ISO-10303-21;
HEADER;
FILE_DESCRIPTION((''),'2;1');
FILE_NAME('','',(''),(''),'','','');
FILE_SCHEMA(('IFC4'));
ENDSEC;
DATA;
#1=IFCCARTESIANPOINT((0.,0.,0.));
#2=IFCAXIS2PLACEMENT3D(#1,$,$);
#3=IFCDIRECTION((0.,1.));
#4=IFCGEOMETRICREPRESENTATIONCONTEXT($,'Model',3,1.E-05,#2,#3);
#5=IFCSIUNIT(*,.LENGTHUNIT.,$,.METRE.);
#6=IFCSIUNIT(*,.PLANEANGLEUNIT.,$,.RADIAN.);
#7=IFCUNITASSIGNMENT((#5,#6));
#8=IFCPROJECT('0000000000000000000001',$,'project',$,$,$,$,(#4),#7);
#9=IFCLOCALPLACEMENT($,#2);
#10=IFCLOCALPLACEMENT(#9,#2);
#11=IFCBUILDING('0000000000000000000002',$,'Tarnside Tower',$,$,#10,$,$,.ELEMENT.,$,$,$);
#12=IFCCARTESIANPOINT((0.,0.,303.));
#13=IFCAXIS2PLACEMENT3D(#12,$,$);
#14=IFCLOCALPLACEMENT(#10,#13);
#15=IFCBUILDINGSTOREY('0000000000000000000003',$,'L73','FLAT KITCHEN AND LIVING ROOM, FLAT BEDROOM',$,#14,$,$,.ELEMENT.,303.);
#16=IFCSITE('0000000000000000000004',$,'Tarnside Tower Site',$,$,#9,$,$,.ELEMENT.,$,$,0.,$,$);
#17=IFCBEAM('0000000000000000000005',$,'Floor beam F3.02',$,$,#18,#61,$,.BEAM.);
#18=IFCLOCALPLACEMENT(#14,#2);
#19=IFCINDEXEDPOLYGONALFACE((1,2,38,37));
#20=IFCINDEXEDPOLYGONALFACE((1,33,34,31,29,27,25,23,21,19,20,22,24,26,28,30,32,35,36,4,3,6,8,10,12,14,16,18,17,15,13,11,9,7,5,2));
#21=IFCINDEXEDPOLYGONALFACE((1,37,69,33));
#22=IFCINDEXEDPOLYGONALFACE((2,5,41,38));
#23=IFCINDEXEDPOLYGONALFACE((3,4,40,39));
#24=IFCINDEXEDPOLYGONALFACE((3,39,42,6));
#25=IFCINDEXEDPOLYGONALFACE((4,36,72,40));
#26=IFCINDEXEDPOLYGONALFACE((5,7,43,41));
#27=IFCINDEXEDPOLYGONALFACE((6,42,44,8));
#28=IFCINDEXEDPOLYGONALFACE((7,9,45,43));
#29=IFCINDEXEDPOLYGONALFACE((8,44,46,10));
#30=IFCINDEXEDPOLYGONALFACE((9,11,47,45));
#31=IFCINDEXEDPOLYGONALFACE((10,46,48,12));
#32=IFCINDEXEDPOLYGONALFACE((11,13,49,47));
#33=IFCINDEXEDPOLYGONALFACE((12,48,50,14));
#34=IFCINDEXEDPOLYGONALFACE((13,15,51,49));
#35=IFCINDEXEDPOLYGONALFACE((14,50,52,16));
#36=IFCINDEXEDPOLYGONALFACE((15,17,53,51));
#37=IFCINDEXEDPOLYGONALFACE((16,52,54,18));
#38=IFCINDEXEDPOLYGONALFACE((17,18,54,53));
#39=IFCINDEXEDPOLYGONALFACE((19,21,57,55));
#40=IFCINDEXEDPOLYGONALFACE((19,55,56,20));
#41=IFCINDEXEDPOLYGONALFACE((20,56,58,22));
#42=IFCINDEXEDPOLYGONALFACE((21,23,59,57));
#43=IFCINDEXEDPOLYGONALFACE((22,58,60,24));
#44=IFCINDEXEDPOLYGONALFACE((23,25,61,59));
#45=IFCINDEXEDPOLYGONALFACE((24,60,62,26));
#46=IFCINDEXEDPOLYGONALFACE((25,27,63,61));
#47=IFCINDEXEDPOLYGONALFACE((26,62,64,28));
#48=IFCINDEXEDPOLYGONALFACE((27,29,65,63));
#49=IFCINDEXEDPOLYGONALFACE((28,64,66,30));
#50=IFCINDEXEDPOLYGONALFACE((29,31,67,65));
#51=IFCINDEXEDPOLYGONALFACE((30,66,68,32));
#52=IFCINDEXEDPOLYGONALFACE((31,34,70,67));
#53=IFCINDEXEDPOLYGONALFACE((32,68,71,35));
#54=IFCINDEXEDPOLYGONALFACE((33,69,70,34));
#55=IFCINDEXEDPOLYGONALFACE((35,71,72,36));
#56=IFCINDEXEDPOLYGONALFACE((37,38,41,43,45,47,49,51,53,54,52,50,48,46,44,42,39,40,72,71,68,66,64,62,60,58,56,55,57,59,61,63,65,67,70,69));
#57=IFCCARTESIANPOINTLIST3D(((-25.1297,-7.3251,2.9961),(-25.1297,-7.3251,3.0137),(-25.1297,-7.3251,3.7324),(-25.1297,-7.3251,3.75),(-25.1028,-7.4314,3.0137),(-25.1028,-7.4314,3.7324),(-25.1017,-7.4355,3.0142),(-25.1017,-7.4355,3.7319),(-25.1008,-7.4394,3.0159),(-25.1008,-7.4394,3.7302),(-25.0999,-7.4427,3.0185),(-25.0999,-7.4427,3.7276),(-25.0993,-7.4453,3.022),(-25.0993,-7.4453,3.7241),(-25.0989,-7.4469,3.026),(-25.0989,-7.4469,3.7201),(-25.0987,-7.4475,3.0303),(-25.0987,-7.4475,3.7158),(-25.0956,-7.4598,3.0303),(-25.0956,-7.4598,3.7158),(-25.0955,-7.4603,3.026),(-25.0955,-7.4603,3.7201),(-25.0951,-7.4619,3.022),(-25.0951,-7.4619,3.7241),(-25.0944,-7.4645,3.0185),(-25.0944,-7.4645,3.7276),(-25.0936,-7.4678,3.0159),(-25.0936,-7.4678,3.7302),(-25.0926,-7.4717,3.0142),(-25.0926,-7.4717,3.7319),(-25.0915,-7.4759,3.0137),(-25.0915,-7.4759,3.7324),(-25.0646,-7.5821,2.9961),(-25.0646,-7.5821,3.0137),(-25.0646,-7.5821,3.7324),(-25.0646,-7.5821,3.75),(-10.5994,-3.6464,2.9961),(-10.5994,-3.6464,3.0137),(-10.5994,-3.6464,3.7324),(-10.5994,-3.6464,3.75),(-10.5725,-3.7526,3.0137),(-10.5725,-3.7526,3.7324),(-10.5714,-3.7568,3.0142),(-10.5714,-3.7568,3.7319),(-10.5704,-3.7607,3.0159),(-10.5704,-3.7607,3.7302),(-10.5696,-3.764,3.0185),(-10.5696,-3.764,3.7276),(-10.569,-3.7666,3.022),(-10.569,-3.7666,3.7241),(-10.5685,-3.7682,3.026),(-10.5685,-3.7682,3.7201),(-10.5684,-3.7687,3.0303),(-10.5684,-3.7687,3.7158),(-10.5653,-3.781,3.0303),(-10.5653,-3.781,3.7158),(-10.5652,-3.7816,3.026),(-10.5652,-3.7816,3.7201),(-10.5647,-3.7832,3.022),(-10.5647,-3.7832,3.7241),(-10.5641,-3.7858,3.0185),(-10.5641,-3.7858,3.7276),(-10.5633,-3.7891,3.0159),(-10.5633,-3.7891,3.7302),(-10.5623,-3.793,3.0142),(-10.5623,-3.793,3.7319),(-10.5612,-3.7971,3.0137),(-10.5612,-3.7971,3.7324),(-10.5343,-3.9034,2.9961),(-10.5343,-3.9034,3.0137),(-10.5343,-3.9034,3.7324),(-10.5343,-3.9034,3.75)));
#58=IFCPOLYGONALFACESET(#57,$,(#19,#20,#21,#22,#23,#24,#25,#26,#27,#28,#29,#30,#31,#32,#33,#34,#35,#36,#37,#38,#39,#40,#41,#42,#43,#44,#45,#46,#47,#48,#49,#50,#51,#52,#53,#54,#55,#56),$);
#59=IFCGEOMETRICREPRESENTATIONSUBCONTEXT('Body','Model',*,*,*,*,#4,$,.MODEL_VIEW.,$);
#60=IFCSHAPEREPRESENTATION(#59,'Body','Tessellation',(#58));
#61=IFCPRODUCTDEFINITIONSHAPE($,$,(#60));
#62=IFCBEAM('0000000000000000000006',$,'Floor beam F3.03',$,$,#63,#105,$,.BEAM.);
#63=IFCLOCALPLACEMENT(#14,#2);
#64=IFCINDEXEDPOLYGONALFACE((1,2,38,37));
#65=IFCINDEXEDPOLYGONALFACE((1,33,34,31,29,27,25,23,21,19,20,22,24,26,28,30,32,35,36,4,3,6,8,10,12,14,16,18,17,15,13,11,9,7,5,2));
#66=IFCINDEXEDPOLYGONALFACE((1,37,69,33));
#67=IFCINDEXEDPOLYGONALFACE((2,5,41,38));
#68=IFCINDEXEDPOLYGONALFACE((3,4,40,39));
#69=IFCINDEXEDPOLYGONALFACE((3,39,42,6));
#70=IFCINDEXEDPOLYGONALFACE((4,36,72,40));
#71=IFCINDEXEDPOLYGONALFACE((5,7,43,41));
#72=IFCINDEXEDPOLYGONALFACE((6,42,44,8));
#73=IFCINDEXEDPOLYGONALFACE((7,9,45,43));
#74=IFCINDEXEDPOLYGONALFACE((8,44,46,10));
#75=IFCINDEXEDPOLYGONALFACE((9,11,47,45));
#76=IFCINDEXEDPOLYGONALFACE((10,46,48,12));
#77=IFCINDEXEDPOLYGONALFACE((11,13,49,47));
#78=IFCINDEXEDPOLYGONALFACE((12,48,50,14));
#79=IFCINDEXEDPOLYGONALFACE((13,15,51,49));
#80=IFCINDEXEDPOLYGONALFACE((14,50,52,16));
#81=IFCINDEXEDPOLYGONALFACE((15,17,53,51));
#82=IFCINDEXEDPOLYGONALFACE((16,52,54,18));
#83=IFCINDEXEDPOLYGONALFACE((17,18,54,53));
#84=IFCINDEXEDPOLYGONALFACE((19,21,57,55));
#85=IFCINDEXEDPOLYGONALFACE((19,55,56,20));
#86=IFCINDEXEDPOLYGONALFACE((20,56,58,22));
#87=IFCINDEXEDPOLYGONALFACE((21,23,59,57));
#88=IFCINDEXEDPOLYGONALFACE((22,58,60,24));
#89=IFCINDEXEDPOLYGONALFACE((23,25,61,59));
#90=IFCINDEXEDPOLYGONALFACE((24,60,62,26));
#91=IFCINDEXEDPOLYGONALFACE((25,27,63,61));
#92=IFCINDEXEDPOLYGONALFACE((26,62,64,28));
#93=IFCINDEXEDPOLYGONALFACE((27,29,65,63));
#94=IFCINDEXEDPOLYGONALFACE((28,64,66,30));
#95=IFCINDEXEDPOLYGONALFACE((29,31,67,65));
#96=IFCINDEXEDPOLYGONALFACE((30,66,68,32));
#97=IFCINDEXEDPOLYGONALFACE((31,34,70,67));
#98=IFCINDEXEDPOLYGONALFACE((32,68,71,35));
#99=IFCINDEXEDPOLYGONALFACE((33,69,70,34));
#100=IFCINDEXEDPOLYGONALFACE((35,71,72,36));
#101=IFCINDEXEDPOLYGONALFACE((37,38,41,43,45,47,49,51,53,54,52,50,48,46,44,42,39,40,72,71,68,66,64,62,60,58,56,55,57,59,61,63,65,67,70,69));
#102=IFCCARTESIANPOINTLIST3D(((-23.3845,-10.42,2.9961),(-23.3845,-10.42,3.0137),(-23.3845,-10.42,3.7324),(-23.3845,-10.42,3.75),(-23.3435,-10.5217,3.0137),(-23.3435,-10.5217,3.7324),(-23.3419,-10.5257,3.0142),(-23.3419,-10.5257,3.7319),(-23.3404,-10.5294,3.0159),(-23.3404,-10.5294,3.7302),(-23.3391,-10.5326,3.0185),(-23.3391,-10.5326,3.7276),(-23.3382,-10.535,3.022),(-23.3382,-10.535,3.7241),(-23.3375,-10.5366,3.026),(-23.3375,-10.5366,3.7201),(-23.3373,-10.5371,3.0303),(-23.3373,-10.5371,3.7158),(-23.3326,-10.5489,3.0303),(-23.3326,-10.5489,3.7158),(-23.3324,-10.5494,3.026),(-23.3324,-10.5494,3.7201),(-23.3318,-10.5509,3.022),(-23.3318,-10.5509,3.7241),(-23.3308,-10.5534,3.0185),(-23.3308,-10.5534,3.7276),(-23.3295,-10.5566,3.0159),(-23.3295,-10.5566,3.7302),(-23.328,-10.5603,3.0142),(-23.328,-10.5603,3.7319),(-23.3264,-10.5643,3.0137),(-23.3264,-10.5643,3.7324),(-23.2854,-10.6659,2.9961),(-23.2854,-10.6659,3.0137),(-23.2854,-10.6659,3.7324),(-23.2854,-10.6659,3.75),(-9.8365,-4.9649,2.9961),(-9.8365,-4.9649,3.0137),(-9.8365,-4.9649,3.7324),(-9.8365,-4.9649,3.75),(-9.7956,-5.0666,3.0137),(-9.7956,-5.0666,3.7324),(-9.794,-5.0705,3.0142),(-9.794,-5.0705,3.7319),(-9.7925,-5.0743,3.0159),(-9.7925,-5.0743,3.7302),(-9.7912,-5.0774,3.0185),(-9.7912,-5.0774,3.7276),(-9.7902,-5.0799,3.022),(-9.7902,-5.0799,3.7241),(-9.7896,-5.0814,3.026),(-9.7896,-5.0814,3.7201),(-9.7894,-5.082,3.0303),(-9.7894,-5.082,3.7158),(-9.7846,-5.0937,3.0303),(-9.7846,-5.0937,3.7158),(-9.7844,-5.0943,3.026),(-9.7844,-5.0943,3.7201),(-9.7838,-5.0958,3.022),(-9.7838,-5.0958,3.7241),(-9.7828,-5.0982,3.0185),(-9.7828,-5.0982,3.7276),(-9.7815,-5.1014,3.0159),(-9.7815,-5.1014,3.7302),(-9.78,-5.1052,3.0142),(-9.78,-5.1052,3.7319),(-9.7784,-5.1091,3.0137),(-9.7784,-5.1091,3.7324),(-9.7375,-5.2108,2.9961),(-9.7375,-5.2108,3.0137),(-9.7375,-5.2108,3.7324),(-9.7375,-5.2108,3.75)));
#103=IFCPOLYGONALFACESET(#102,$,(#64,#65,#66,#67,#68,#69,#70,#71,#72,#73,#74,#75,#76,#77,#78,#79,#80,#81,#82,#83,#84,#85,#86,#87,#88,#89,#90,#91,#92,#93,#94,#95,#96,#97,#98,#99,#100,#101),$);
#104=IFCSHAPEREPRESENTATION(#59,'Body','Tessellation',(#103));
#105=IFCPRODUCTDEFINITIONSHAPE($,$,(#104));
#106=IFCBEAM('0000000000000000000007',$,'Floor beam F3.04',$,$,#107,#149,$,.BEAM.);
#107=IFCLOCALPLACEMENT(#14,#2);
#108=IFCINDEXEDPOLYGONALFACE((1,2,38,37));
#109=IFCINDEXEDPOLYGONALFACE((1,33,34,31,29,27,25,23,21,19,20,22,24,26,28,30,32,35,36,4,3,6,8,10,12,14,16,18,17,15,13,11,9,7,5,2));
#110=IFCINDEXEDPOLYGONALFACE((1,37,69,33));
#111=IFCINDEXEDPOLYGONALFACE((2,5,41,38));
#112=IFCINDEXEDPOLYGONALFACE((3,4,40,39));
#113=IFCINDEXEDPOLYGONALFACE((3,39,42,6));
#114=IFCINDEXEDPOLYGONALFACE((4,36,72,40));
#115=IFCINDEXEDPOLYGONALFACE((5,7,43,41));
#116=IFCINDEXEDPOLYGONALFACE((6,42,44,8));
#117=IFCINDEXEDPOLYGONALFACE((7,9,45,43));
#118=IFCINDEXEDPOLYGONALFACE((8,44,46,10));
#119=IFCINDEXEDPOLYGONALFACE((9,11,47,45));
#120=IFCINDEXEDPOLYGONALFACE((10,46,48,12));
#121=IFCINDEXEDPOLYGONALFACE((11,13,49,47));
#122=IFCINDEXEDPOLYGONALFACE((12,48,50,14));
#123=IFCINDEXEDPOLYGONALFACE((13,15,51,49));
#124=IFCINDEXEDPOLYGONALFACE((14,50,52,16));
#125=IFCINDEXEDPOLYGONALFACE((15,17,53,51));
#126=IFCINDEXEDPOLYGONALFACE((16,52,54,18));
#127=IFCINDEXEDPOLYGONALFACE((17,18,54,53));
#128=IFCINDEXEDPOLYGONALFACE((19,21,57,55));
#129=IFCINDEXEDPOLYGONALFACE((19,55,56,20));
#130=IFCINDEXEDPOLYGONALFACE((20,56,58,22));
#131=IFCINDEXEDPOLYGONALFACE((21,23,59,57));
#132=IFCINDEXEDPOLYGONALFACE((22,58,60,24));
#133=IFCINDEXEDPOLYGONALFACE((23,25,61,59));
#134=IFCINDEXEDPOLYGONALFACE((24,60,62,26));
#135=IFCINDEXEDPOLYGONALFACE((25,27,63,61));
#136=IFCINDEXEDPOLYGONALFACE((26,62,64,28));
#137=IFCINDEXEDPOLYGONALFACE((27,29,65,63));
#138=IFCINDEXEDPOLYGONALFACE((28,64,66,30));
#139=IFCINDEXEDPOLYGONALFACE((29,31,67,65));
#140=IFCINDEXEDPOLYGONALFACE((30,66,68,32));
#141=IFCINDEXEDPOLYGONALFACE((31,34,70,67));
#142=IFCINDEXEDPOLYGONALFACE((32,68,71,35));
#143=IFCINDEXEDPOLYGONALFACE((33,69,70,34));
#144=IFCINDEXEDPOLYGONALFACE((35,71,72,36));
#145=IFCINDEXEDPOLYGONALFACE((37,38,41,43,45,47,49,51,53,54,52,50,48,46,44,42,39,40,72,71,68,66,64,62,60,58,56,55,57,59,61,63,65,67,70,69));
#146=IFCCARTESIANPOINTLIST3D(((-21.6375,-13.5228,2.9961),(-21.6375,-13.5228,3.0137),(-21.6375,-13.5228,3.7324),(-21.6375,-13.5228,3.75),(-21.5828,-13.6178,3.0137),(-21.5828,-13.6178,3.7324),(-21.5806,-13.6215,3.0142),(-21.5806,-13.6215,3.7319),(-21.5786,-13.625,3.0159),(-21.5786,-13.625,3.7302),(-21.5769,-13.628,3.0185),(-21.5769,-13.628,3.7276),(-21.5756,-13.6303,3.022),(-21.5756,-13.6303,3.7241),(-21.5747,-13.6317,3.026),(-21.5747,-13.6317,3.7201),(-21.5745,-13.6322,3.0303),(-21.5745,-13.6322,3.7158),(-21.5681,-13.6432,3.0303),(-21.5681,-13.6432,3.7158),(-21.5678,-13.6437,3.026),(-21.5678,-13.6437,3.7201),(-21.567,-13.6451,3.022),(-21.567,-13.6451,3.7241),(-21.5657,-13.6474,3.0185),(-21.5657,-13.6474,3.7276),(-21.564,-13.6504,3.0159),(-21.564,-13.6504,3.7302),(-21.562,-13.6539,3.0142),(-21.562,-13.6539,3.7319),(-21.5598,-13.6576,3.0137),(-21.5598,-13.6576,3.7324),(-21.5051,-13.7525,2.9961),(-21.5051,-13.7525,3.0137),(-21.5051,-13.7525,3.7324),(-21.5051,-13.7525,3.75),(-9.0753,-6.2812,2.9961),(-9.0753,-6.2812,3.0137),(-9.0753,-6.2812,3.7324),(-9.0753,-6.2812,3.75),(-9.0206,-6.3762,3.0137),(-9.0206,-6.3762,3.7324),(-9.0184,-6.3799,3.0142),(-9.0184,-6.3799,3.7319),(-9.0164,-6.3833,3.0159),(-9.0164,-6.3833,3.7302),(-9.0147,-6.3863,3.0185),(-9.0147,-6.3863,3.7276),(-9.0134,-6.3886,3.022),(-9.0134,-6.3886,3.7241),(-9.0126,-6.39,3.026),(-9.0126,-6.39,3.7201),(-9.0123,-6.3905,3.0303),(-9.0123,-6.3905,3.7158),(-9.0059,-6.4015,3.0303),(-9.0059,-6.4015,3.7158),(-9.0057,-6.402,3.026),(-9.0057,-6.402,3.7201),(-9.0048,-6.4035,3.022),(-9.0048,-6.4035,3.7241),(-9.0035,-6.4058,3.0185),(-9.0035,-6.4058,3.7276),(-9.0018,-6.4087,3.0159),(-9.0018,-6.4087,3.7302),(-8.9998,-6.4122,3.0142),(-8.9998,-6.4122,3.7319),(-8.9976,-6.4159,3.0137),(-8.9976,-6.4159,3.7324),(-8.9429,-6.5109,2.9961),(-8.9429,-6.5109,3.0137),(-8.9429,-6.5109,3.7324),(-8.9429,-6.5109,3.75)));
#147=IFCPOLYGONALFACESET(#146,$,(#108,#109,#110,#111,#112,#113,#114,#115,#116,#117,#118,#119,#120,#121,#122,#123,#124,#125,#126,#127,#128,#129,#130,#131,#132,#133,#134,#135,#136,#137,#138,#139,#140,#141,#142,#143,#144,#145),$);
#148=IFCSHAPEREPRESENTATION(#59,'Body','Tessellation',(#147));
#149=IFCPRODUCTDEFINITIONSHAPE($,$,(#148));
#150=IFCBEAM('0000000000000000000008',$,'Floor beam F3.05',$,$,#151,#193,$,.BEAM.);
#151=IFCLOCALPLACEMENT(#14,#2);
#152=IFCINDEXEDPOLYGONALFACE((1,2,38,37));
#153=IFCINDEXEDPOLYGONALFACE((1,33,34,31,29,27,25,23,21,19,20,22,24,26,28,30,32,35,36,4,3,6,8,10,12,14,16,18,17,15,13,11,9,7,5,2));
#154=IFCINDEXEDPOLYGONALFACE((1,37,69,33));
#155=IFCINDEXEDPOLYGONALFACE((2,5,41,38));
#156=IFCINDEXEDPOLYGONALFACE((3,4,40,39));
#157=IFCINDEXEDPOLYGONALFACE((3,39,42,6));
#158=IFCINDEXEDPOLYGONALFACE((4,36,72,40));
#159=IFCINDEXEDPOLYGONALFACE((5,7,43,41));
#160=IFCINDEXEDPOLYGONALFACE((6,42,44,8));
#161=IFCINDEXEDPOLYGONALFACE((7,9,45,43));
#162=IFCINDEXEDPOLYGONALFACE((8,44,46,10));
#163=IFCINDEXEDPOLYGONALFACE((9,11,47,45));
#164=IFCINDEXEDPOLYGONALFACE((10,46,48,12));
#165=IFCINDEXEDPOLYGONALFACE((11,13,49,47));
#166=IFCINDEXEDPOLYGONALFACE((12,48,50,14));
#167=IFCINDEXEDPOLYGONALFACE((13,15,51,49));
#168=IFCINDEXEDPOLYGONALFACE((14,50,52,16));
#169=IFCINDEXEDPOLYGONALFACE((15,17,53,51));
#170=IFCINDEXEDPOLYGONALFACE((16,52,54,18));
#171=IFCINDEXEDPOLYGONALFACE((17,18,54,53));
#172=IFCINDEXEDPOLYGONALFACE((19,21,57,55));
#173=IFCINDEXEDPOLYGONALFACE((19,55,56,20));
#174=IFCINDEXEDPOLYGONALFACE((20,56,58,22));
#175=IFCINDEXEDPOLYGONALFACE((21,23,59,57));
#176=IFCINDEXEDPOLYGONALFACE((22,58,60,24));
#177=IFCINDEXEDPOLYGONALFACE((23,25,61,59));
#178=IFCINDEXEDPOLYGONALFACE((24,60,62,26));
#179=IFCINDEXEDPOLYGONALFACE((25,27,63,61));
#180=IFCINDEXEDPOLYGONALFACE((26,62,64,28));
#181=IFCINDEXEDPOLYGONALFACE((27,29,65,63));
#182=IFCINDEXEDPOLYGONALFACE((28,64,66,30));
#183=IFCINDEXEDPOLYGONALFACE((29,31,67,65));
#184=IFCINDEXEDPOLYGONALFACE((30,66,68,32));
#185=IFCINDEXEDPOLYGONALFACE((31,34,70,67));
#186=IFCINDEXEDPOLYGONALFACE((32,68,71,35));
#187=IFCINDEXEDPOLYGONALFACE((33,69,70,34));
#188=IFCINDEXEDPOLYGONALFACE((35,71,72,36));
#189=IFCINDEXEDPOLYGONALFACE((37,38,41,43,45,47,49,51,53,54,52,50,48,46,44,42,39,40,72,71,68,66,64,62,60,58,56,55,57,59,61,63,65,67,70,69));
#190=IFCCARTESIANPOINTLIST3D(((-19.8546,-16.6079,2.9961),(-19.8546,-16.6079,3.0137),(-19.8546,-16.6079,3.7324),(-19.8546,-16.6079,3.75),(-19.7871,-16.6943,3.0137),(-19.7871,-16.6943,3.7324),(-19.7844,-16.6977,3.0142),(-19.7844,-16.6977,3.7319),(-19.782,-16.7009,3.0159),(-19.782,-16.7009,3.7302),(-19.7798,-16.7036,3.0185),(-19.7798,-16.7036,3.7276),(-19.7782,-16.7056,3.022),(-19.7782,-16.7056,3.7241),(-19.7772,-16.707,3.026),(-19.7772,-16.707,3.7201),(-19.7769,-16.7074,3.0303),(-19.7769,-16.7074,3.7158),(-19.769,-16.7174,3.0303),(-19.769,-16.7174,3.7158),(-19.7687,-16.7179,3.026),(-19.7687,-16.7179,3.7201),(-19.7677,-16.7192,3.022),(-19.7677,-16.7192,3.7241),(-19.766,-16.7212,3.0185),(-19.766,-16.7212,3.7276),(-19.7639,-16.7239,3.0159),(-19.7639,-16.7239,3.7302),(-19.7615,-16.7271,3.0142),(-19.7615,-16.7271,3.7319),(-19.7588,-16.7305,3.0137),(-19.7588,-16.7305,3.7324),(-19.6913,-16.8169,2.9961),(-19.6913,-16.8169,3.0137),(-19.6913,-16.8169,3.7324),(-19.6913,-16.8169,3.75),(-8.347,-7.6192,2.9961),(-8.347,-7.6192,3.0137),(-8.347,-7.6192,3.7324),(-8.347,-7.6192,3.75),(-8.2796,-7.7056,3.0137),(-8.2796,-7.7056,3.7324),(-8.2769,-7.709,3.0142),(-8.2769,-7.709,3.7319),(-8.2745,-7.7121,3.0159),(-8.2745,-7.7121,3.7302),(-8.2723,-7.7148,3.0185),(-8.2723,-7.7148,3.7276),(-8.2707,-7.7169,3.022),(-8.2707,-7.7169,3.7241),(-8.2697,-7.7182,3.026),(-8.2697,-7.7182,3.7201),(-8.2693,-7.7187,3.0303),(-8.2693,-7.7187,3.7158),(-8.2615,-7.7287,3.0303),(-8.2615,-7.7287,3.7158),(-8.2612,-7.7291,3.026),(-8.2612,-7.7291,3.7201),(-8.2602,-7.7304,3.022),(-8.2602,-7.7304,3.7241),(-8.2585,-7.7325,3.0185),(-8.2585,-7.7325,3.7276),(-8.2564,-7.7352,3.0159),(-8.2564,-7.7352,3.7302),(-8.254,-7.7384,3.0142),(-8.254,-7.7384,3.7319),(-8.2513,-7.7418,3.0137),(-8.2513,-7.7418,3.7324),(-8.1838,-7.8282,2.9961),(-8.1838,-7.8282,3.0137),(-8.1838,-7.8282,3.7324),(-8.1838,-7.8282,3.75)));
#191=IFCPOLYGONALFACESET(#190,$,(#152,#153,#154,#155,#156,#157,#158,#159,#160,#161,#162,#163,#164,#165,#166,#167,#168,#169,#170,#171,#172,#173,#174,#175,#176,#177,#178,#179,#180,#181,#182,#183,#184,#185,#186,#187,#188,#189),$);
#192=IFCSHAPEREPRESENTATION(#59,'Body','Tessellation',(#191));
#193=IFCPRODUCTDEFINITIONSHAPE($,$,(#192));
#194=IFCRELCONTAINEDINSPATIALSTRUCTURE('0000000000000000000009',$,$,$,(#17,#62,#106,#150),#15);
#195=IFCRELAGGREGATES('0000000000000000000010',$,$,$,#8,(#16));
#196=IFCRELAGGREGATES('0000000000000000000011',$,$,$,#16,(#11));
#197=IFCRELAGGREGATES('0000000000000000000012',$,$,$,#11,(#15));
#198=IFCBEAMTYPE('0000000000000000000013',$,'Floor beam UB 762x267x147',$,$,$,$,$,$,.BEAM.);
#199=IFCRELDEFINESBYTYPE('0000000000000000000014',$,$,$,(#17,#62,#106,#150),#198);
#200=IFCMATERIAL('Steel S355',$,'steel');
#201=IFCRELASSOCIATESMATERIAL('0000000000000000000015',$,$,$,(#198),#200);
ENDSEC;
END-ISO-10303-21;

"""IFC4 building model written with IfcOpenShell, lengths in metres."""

from ifc_helpers import new_model, si_unit, direction, frame, origin, origin_2d, place, context, subcontext, project, spatial, i_section, extrude, material, material_profile, profile_set, type_object, element, save


model = new_model("IFC4")

# Units and contexts
model_context = context("Model", 3, precision=1e-05, world=origin(), true_north=direction((0.0, 1.0)))
body_context = subcontext(model_context, "Body", "Model", "MODEL_VIEW")
ifc_project = project(units=[si_unit("LENGTHUNIT", "METRE"), si_unit("PLANEANGLEUNIT", "RADIAN")], contexts=[model_context])

# Site, building, storey
site_placement = place(None, origin())
site = spatial("IfcSite", under=ifc_project, at=site_placement, Name="Tarnside Tower Site", CompositionType="ELEMENT", RefElevation=0.0)
building_placement = place(site_placement, origin())
building = spatial("IfcBuilding", under=site, at=building_placement, Name="Tarnside Tower", CompositionType="ELEMENT")
storey_placement = place(building_placement, frame((0.0, 0.0, 303.0)))
storey = spatial("IfcBuildingStorey", under=building, at=storey_placement, Name="L73", Description="FLAT KITCHEN AND LIVING ROOM, FLAT BEDROOM", CompositionType="ELEMENT", Elevation=303.0)

# Beams
ifc_material_1 = material(Name="Steel S355", Category="steel")
ifc_material_profile_1 = material_profile(ifc_material_1, i_section(OverallWidth=0.2651, OverallDepth=0.7539, WebThickness=0.0127, FlangeThickness=0.0176, FilletRadius=0.0166, at=origin_2d()), Name="UB 762x267x147")
ifc_profile_set_1 = profile_set([ifc_material_profile_1], Name="Steel S355")
beam_type_1 = type_object("IfcBeamType", Name="Floor beam UB 762x267x147", PredefinedType="BEAM", material=ifc_profile_set_1)
beam_1_placement = place(storey_placement, frame((-25.0972, -7.4536, 3.373), z_axis=(0.969414, 0.245432, 0.0), x_axis=(-0.245432, 0.969414, 0.0)))
element("IfcBeam", 1, at=beam_1_placement, inside=storey, type_object=beam_type_1, Name="Floor beam F3.02", PredefinedType="BEAM", context=body_context, shape_type="SweptSolid", body=[
    extrude(i_section(OverallWidth=0.2651, OverallDepth=0.7539, WebThickness=0.0127, FlangeThickness=0.0176, FilletRadius=0.0166, at=origin_2d()), origin(), (0.0, 0.0, 1.0), 14.9888),
])
beam_2_placement = place(storey_placement, frame((-23.335, -10.543, 3.373), z_axis=(0.927626, 0.373511, 0.0), x_axis=(-0.373511, 0.927626, 0.0)))
element("IfcBeam", 2, at=beam_2_placement, inside=storey, type_object=beam_type_1, Name="Floor beam F3.03", PredefinedType="BEAM", context=body_context, shape_type="SweptSolid", body=[
    extrude(i_section(OverallWidth=0.2651, OverallDepth=0.7539, WebThickness=0.0127, FlangeThickness=0.0176, FilletRadius=0.0166, at=origin_2d()), origin(), (0.0, 0.0, 1.0), 14.605),
])
beam_3_placement = place(storey_placement, frame((-21.5713, -13.6377, 3.373), z_axis=(0.866357, 0.499425, 0.0), x_axis=(-0.499425, 0.866357, 0.0)))
element("IfcBeam", 3, at=beam_3_placement, inside=storey, type_object=beam_type_1, Name="Floor beam F3.04", PredefinedType="BEAM", context=body_context, shape_type="SweptSolid", body=[
    extrude(i_section(OverallWidth=0.2651, OverallDepth=0.7539, WebThickness=0.0127, FlangeThickness=0.0176, FilletRadius=0.0166, at=origin_2d()), origin(), (0.0, 0.0, 1.0), 14.5),
])
beam_4_placement = place(storey_placement, frame((-19.7729, -16.7124, 3.373), z_axis=(0.788075, 0.615579, 0.0), x_axis=(-0.615579, 0.788075, 0.0)))
element("IfcBeam", 4, at=beam_4_placement, inside=storey, type_object=beam_type_1, Name="Floor beam F3.05", PredefinedType="BEAM", context=body_context, shape_type="SweptSolid", body=[
    extrude(i_section(OverallWidth=0.2651, OverallDepth=0.7539, WebThickness=0.0127, FlangeThickness=0.0176, FilletRadius=0.0166, at=origin_2d()), origin(), (0.0, 0.0, 1.0), 14.6021),
])

save(model, "model.ifc")
